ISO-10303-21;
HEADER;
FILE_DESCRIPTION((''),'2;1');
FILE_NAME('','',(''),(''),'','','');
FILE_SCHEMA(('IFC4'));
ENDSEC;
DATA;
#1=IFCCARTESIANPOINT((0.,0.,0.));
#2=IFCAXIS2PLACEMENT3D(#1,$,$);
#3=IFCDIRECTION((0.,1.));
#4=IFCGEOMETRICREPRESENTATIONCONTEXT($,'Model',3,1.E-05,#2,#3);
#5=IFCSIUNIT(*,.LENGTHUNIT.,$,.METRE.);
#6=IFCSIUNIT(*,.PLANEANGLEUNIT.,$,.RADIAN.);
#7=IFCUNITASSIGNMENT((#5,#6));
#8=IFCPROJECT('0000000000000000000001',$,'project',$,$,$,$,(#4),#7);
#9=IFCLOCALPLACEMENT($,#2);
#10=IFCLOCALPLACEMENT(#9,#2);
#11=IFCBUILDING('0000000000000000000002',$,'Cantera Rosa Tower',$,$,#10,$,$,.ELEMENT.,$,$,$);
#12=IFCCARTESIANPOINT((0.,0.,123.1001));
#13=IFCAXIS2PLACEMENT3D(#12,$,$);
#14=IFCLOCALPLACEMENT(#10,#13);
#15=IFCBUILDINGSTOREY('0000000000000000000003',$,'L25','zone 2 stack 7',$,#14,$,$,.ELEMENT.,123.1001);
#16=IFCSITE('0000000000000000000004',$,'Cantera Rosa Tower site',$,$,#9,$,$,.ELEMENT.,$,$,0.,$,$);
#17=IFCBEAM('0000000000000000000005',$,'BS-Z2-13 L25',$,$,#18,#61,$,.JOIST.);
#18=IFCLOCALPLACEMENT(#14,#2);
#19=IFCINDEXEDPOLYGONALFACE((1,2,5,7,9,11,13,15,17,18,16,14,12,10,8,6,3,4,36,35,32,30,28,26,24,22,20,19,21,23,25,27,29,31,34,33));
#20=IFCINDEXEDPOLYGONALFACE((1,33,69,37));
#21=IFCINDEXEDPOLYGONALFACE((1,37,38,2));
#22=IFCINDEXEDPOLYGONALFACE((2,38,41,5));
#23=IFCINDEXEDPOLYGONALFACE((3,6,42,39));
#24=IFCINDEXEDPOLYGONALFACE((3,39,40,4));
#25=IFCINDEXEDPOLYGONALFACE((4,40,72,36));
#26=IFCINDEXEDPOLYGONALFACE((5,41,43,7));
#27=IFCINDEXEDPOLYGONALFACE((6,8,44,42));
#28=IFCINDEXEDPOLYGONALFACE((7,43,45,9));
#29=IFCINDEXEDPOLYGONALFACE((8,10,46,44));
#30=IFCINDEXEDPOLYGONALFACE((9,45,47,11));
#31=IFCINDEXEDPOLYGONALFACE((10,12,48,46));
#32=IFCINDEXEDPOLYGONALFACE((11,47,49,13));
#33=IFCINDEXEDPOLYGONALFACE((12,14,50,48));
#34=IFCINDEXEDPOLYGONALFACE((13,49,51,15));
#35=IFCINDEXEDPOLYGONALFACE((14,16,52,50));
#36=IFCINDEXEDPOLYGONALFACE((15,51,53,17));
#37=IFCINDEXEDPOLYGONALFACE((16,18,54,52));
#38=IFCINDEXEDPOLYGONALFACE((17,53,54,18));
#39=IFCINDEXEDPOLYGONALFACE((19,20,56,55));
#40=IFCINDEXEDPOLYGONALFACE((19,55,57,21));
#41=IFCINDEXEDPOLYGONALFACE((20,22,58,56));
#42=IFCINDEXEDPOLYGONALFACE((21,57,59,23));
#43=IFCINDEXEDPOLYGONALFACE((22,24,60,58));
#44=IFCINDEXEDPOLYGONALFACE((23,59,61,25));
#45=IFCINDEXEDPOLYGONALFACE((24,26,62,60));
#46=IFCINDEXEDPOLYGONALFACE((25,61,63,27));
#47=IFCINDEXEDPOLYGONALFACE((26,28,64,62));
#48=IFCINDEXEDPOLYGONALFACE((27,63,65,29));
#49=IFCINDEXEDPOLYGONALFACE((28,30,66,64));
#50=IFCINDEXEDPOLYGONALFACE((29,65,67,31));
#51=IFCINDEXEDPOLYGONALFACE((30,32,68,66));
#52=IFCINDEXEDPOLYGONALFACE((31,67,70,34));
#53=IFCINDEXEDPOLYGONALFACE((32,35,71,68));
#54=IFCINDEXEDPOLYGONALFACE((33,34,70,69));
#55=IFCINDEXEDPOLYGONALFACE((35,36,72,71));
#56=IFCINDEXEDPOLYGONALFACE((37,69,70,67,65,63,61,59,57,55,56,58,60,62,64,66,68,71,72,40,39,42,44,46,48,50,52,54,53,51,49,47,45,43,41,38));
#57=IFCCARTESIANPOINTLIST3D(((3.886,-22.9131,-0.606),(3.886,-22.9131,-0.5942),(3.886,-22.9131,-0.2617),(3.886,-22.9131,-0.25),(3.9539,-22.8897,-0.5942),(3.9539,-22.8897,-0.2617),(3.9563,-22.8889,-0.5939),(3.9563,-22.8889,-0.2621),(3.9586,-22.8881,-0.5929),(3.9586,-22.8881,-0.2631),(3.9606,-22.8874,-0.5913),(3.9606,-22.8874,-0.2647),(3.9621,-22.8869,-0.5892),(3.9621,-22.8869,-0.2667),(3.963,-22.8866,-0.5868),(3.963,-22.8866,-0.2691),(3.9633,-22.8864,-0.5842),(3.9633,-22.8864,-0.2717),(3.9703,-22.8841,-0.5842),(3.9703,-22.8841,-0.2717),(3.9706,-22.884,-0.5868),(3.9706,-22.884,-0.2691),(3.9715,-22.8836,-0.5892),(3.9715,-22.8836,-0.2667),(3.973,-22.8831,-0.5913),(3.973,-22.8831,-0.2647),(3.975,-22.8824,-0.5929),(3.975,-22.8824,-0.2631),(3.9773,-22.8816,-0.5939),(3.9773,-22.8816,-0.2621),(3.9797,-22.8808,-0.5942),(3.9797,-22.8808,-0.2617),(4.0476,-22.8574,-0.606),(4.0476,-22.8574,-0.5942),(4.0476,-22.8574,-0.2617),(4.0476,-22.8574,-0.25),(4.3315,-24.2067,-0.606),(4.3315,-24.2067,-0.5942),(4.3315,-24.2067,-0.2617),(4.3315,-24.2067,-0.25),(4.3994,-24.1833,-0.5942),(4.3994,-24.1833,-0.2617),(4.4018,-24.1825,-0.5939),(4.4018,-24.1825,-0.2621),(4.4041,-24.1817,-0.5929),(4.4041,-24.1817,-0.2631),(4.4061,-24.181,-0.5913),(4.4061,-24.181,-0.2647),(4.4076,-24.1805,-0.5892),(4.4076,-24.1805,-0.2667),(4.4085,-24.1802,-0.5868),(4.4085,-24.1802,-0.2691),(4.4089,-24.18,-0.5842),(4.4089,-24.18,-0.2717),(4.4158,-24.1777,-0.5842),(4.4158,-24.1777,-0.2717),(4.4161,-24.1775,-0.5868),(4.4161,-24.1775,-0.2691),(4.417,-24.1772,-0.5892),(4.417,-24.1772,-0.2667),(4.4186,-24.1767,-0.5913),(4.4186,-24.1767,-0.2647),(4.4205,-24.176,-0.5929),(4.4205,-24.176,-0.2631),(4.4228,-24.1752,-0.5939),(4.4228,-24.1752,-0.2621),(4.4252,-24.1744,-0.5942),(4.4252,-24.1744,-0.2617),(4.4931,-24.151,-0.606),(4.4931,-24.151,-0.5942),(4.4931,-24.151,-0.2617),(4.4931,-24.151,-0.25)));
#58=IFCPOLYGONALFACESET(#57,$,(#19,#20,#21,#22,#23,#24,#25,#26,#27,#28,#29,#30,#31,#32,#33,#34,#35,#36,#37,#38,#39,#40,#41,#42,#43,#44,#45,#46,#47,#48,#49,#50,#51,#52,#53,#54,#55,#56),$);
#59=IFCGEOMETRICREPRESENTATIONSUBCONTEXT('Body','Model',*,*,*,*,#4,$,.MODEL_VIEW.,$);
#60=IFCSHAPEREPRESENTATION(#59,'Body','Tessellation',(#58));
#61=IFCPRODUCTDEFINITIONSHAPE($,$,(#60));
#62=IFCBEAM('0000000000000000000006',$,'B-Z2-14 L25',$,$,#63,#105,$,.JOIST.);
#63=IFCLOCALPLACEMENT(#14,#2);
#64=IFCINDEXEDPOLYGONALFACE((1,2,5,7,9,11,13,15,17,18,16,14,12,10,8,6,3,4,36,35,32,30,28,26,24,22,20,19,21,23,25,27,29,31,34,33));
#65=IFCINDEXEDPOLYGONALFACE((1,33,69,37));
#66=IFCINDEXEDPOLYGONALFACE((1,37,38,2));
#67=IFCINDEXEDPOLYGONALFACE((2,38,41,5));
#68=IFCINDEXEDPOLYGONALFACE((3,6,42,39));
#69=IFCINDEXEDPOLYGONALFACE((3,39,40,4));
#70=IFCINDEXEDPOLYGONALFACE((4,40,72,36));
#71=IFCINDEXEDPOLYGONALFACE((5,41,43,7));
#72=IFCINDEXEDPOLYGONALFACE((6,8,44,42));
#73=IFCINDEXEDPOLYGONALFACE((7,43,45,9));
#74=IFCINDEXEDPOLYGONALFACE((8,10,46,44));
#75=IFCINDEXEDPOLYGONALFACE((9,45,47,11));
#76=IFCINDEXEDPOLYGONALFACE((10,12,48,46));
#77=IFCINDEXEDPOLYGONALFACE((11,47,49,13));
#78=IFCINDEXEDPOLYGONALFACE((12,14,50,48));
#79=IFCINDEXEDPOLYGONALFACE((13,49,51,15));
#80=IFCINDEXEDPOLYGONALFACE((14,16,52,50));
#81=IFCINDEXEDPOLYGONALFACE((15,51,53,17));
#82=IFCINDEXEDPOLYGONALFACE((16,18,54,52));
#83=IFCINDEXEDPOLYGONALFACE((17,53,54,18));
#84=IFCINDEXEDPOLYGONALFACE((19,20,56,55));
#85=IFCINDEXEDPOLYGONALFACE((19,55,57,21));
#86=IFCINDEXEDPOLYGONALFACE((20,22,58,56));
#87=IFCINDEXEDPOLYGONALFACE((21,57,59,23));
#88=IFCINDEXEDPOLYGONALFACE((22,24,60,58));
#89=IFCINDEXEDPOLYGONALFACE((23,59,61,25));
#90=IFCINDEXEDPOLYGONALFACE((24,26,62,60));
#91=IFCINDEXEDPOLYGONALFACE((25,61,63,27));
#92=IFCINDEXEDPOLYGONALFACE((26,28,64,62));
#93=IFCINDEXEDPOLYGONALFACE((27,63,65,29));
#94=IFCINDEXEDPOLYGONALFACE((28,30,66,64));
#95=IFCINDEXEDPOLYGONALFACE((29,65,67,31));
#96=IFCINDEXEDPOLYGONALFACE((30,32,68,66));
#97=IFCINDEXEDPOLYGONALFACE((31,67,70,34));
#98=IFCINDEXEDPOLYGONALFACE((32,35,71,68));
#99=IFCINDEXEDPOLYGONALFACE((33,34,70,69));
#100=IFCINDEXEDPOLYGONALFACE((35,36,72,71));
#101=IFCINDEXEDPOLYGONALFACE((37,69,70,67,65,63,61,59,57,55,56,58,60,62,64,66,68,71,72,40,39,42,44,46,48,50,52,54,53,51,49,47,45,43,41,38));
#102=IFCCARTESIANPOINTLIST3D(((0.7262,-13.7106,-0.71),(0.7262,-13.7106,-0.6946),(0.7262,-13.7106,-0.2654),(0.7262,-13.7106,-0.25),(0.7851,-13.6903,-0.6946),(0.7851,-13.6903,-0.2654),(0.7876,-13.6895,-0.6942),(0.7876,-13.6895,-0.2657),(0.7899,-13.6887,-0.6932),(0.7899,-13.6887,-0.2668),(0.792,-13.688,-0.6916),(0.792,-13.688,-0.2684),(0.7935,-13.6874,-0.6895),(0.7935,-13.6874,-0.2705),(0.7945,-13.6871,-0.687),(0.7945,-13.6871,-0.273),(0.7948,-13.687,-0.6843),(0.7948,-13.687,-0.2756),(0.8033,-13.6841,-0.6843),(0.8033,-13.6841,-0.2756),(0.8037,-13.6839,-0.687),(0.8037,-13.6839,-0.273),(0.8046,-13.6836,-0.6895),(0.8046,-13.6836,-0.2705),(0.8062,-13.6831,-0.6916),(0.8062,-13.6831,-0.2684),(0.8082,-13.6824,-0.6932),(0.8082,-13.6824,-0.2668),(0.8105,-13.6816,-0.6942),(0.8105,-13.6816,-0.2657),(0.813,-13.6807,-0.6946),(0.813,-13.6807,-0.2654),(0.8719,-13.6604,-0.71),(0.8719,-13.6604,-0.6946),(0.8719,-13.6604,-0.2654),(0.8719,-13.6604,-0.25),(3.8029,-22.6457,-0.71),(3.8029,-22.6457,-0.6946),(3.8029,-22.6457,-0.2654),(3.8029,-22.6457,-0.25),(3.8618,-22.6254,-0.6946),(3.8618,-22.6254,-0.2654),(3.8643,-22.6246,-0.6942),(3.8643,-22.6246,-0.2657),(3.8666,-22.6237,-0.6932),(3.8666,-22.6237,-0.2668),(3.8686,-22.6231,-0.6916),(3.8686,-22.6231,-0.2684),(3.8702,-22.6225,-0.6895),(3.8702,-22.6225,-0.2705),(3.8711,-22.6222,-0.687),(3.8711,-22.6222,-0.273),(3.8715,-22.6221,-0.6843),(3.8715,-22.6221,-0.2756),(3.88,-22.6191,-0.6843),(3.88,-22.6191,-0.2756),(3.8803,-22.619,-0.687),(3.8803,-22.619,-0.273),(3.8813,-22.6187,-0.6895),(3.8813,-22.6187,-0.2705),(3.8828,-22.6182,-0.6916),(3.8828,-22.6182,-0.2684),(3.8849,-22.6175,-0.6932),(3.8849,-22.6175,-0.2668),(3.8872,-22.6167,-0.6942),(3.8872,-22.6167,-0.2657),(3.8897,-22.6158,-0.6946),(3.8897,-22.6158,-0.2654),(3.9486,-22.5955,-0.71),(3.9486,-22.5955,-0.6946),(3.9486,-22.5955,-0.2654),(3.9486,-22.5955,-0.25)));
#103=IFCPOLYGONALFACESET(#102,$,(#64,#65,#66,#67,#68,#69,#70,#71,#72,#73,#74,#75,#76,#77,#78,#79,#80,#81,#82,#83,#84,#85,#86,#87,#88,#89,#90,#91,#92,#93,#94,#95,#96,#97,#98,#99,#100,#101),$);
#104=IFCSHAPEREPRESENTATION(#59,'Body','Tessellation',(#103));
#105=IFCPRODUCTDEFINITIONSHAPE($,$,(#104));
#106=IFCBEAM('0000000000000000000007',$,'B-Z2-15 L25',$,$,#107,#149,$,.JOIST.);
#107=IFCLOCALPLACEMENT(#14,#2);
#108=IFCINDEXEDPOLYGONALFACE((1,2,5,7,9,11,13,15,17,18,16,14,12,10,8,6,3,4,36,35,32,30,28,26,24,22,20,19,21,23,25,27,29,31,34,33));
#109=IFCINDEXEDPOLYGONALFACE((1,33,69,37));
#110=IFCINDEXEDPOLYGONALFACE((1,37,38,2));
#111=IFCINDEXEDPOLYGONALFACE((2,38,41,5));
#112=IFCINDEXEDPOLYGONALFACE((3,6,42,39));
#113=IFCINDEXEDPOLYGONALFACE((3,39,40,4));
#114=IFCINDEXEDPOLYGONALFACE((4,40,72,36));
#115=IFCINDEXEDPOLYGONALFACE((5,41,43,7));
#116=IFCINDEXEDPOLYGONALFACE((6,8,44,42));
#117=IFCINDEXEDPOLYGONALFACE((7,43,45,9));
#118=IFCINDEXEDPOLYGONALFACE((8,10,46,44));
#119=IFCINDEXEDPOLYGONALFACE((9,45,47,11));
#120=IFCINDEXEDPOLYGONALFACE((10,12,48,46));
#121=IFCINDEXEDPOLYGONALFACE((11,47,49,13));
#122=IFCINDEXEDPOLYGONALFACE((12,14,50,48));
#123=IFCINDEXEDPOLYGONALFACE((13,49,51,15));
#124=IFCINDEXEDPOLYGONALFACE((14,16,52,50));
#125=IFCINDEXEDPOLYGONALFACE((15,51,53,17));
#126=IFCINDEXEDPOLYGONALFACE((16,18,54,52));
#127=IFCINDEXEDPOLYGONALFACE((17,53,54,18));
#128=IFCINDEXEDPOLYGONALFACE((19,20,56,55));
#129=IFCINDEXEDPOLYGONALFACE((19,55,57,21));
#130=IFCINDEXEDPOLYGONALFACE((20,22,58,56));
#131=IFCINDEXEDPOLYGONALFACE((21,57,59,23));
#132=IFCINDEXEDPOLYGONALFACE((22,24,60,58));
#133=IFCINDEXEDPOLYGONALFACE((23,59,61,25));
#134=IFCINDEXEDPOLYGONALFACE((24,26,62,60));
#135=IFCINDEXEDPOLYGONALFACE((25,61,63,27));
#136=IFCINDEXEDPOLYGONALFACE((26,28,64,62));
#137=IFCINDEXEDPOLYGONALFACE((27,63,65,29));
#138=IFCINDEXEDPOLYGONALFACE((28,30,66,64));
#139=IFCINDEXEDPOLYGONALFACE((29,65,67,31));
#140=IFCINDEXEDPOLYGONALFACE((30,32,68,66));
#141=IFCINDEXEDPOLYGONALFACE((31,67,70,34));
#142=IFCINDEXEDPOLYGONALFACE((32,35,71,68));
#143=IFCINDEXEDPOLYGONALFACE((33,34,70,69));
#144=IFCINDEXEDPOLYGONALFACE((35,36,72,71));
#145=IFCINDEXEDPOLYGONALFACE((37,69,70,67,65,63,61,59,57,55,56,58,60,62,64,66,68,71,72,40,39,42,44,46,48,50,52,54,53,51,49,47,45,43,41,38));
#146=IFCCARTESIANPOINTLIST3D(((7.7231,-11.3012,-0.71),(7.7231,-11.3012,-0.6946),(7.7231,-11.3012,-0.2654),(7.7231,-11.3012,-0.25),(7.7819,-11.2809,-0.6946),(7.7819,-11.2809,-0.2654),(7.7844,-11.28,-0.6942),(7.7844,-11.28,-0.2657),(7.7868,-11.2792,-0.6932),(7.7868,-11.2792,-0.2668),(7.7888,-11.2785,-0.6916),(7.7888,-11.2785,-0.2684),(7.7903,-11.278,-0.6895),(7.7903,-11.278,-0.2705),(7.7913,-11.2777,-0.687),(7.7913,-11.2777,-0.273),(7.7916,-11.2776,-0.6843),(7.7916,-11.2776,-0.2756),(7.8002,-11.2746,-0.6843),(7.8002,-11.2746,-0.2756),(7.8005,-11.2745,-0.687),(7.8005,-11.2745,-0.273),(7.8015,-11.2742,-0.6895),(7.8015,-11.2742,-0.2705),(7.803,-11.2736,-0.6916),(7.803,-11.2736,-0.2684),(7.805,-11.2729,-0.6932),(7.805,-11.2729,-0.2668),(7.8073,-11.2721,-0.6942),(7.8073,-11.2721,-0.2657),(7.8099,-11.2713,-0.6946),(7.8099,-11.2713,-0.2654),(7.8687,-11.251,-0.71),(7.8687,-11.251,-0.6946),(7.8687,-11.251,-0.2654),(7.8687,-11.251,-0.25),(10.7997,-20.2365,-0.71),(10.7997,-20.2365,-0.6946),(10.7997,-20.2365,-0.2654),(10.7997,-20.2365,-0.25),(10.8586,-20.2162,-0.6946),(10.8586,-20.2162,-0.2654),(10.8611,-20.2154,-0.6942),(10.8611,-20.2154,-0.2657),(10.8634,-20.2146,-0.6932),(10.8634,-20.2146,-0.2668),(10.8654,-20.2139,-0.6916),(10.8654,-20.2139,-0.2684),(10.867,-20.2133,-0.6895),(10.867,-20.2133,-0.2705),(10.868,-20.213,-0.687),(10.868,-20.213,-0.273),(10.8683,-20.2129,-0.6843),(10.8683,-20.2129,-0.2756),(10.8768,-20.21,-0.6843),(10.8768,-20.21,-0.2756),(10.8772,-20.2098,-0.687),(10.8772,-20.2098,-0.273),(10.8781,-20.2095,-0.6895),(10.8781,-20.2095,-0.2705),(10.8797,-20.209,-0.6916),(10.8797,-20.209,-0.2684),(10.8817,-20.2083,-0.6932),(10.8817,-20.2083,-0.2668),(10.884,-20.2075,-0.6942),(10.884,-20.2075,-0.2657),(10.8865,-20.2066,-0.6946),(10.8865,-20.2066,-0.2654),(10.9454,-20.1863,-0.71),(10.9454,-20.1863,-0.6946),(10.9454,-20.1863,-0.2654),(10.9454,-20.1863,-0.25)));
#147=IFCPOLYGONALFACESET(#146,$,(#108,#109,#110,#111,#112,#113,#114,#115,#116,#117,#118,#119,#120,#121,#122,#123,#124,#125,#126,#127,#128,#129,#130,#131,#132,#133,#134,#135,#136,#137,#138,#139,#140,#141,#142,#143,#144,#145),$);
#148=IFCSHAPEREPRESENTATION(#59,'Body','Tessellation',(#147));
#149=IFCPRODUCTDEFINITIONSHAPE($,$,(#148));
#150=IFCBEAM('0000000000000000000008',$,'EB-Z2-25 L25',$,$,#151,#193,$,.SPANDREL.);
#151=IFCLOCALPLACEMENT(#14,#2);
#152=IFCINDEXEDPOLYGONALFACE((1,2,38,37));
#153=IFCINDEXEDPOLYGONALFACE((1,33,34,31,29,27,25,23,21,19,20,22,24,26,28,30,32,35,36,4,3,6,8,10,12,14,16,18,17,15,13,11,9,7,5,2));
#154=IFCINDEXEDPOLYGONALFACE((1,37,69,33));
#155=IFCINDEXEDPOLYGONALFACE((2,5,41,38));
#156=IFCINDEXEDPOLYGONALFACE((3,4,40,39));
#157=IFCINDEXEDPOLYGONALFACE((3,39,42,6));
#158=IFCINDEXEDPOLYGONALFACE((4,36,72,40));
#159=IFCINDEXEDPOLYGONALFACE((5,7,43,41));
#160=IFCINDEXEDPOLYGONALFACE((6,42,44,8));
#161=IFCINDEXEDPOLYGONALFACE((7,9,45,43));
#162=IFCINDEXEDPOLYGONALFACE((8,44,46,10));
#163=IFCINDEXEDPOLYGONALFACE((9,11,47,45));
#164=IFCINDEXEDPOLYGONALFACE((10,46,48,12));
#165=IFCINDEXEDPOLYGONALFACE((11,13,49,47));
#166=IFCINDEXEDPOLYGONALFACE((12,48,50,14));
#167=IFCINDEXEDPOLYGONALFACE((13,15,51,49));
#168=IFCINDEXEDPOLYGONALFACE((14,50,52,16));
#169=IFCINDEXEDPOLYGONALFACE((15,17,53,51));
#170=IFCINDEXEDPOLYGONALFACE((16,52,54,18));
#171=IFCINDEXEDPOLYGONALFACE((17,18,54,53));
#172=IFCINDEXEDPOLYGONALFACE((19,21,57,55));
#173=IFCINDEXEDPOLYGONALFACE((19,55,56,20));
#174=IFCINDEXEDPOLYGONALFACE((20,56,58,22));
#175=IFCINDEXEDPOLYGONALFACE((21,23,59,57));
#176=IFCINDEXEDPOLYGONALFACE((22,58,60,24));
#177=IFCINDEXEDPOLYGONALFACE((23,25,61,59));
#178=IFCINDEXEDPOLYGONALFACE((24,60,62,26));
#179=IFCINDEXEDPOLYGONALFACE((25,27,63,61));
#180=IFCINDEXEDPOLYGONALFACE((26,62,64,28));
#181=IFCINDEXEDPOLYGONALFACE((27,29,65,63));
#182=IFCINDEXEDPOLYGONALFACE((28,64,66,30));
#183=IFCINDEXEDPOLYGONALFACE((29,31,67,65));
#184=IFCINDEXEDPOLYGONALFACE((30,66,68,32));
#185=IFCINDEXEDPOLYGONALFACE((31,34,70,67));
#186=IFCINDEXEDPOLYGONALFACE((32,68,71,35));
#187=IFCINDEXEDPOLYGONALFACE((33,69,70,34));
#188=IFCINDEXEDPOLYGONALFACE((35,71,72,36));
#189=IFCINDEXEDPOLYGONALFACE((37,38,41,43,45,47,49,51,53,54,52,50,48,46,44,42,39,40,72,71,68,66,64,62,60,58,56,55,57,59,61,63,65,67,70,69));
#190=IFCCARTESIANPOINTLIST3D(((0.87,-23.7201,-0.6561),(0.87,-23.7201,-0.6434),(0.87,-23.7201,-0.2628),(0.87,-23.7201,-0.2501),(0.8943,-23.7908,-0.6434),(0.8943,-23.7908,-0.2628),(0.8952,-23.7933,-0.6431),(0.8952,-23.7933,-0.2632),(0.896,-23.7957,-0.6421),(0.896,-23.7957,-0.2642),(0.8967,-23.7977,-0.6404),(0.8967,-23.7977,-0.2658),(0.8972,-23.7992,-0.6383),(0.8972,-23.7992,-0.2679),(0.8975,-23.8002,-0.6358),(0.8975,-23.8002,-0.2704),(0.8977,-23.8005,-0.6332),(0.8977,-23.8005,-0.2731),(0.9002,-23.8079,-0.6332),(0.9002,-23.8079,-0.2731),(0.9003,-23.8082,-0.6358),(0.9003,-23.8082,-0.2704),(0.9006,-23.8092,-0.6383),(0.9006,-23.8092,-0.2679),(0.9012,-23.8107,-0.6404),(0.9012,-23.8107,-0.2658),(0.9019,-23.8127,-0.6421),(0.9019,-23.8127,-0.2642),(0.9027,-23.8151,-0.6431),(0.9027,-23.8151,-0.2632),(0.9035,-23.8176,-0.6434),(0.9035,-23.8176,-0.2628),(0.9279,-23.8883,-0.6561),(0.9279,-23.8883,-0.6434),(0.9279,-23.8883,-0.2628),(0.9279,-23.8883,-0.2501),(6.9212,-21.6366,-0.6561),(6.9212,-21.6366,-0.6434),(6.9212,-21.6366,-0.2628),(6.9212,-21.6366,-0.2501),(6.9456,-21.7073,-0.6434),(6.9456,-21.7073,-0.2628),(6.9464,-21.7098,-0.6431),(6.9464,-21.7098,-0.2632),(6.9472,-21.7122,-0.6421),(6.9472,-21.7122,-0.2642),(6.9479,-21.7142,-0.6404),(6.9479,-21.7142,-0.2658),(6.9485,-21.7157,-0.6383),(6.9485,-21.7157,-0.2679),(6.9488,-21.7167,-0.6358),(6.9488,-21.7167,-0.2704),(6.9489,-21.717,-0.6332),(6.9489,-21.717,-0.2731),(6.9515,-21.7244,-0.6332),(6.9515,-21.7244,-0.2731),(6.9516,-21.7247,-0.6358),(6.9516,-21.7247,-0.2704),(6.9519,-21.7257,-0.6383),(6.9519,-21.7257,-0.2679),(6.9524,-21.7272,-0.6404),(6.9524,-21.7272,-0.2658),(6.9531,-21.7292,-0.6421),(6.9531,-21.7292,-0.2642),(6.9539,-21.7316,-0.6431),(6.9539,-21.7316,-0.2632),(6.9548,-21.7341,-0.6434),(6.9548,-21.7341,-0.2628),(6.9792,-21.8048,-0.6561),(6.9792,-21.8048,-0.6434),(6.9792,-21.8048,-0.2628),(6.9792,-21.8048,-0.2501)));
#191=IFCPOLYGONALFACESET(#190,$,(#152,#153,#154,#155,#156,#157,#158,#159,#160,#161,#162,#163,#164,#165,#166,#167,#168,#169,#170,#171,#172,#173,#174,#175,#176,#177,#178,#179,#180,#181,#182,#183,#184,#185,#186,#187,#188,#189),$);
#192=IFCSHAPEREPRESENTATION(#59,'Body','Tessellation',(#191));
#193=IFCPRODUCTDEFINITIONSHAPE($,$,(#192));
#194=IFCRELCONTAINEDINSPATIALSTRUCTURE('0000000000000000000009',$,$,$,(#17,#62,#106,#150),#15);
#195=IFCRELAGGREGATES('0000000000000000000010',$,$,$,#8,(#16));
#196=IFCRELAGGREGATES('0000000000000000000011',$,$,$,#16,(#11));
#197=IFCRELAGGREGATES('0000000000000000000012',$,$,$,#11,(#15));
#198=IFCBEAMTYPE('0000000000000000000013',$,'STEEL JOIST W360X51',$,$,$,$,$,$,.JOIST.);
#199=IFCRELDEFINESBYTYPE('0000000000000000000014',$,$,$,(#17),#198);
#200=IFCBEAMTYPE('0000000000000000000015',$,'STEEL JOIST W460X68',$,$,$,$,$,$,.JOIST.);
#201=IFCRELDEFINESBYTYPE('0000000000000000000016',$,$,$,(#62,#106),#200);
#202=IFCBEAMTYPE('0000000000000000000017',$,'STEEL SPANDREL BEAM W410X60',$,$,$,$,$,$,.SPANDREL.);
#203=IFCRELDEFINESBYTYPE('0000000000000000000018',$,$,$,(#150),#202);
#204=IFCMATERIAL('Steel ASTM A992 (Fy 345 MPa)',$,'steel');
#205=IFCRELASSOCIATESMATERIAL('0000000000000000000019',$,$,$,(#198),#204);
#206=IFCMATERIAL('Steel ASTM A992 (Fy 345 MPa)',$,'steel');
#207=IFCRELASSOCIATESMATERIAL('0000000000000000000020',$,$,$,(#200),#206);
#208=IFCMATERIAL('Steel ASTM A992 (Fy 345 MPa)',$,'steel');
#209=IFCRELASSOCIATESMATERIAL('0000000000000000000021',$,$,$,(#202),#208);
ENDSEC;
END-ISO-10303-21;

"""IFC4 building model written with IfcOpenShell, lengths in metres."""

from ifc_helpers import new_model, si_unit, direction, frame, origin, origin_2d, place, context, subcontext, project, spatial, i_section, extrude, material, material_profile, profile_set, type_object, element, save


model = new_model("IFC4")

# Units and contexts
model_context = context("Model", 3, precision=1e-05, world=origin(), true_north=direction((0.0, 1.0)))
body_context = subcontext(model_context, "Body", "Model", "MODEL_VIEW")
ifc_project = project(units=[si_unit("LENGTHUNIT", "METRE"), si_unit("PLANEANGLEUNIT", "RADIAN")], contexts=[model_context])

# Site, building, storey
site_placement = place(None, origin())
site = spatial("IfcSite", under=ifc_project, at=site_placement, Name="Cantera Rosa Tower site", CompositionType="ELEMENT", RefElevation=0.0)
building_placement = place(site_placement, origin())
building = spatial("IfcBuilding", under=site, at=building_placement, Name="Cantera Rosa Tower", CompositionType="ELEMENT")
storey_placement = place(building_placement, frame((0.0, 0.0, 123.1001)))
storey = spatial("IfcBuildingStorey", under=building, at=storey_placement, Name="L25", Description="zone 2 stack 7", CompositionType="ELEMENT", Elevation=123.1001)

# Beams
ifc_material_1 = material(Name="Steel ASTM A992 (Fy 345 MPa)", Category="steel")
ifc_material_profile_1 = material_profile(ifc_material_1, i_section(OverallWidth=0.1709, OverallDepth=0.356, WebThickness=0.0073, FlangeThickness=0.0117, FilletRadius=0.01, at=origin_2d()), Name="W360X51")
ifc_profile_set_1 = profile_set([ifc_material_profile_1], Name="Steel ASTM A992 (Fy 345 MPa)")
beam_type_1 = type_object("IfcBeamType", Name="STEEL JOIST W360X51", PredefinedType="JOIST", material=ifc_profile_set_1)
beam_1_placement = place(storey_placement, frame((3.9668, -22.8853, -0.428), z_axis=(0.325633, -0.945496, 0.0), x_axis=(0.945496, 0.325633, 0.0)))
element("IfcBeam", 1, at=beam_1_placement, inside=storey, type_object=beam_type_1, Name="BS-Z2-13 L25", PredefinedType="JOIST", context=body_context, shape_type="SweptSolid", body=[
    extrude(i_section(OverallWidth=0.1709, OverallDepth=0.356, WebThickness=0.0073, FlangeThickness=0.0117, FilletRadius=0.01, at=origin_2d()), origin(), (0.0, 0.0, 1.0), 1.3682),
])
ifc_material_2 = material(Name="Steel ASTM A992 (Fy 345 MPa)", Category="steel")
ifc_material_profile_2 = material_profile(ifc_material_2, i_section(OverallWidth=0.1541, OverallDepth=0.46, WebThickness=0.009, FlangeThickness=0.0154, FilletRadius=0.0103, at=origin_2d()), Name="W460X68")
ifc_profile_set_2 = profile_set([ifc_material_profile_2], Name="Steel ASTM A992 (Fy 345 MPa)")
beam_type_2 = type_object("IfcBeamType", Name="STEEL JOIST W460X68", PredefinedType="JOIST", material=ifc_profile_set_2)
beam_2_placement = place(storey_placement, frame((3.8757, -22.6206, -0.48), z_axis=(-0.325575, 0.945516, 0.0), x_axis=(-0.945516, -0.325575, 0.0)))
element("IfcBeam", 2, at=beam_2_placement, inside=storey, type_object=beam_type_2, Name="B-Z2-14 L25", PredefinedType="JOIST", context=body_context, shape_type="SweptSolid", body=[
    extrude(i_section(OverallWidth=0.1541, OverallDepth=0.46, WebThickness=0.009, FlangeThickness=0.0154, FilletRadius=0.0103, at=origin_2d()), origin(), (0.0, 0.0, 1.0), 9.45),
])
beam_3_placement = place(storey_placement, frame((10.8726, -20.2114, -0.48), z_axis=(-0.325567, 0.945519, 0.0), x_axis=(-0.945519, -0.325567, 0.0)))
element("IfcBeam", 3, at=beam_3_placement, inside=storey, type_object=beam_type_2, Name="B-Z2-15 L25", PredefinedType="JOIST", context=body_context, shape_type="SweptSolid", body=[
    extrude(i_section(OverallWidth=0.1541, OverallDepth=0.46, WebThickness=0.009, FlangeThickness=0.0154, FilletRadius=0.0103, at=origin_2d()), origin(), (0.0, 0.0, 1.0), 9.4502),
])
ifc_material_3 = material(Name="Steel ASTM A992 (Fy 345 MPa)", Category="steel")
ifc_material_profile_3 = material_profile(ifc_material_3, i_section(OverallWidth=0.178, OverallDepth=0.406, WebThickness=0.0078, FlangeThickness=0.0127, FilletRadius=0.0103, at=origin_2d()), Name="W410X60")
ifc_profile_set_3 = profile_set([ifc_material_profile_3], Name="Steel ASTM A992 (Fy 345 MPa)")
beam_type_3 = type_object("IfcBeamType", Name="STEEL SPANDREL BEAM W410X60", PredefinedType="SPANDREL", material=ifc_profile_set_3)
for number, where, z_axis, x_axis, name in (
    (4, (0.8989, -23.8042, -0.4531), (0.945524, 0.325551, 0.0), (-0.325551, 0.945524, 0.0), "EB-Z2-25 L25"),
):
    element("IfcBeam", number, at=place(storey_placement, frame(where, z_axis=z_axis, x_axis=x_axis)), inside=storey, type_object=beam_type_3, Name=name, PredefinedType="SPANDREL", context=body_context, shape_type="SweptSolid", body=[
        extrude(i_section(OverallWidth=0.178, OverallDepth=0.406, WebThickness=0.0078, FlangeThickness=0.0127, FilletRadius=0.0103, at=origin_2d()), origin(), (0.0, 0.0, 1.0), 6.3999),
    ])

save(model, "model.ifc")
